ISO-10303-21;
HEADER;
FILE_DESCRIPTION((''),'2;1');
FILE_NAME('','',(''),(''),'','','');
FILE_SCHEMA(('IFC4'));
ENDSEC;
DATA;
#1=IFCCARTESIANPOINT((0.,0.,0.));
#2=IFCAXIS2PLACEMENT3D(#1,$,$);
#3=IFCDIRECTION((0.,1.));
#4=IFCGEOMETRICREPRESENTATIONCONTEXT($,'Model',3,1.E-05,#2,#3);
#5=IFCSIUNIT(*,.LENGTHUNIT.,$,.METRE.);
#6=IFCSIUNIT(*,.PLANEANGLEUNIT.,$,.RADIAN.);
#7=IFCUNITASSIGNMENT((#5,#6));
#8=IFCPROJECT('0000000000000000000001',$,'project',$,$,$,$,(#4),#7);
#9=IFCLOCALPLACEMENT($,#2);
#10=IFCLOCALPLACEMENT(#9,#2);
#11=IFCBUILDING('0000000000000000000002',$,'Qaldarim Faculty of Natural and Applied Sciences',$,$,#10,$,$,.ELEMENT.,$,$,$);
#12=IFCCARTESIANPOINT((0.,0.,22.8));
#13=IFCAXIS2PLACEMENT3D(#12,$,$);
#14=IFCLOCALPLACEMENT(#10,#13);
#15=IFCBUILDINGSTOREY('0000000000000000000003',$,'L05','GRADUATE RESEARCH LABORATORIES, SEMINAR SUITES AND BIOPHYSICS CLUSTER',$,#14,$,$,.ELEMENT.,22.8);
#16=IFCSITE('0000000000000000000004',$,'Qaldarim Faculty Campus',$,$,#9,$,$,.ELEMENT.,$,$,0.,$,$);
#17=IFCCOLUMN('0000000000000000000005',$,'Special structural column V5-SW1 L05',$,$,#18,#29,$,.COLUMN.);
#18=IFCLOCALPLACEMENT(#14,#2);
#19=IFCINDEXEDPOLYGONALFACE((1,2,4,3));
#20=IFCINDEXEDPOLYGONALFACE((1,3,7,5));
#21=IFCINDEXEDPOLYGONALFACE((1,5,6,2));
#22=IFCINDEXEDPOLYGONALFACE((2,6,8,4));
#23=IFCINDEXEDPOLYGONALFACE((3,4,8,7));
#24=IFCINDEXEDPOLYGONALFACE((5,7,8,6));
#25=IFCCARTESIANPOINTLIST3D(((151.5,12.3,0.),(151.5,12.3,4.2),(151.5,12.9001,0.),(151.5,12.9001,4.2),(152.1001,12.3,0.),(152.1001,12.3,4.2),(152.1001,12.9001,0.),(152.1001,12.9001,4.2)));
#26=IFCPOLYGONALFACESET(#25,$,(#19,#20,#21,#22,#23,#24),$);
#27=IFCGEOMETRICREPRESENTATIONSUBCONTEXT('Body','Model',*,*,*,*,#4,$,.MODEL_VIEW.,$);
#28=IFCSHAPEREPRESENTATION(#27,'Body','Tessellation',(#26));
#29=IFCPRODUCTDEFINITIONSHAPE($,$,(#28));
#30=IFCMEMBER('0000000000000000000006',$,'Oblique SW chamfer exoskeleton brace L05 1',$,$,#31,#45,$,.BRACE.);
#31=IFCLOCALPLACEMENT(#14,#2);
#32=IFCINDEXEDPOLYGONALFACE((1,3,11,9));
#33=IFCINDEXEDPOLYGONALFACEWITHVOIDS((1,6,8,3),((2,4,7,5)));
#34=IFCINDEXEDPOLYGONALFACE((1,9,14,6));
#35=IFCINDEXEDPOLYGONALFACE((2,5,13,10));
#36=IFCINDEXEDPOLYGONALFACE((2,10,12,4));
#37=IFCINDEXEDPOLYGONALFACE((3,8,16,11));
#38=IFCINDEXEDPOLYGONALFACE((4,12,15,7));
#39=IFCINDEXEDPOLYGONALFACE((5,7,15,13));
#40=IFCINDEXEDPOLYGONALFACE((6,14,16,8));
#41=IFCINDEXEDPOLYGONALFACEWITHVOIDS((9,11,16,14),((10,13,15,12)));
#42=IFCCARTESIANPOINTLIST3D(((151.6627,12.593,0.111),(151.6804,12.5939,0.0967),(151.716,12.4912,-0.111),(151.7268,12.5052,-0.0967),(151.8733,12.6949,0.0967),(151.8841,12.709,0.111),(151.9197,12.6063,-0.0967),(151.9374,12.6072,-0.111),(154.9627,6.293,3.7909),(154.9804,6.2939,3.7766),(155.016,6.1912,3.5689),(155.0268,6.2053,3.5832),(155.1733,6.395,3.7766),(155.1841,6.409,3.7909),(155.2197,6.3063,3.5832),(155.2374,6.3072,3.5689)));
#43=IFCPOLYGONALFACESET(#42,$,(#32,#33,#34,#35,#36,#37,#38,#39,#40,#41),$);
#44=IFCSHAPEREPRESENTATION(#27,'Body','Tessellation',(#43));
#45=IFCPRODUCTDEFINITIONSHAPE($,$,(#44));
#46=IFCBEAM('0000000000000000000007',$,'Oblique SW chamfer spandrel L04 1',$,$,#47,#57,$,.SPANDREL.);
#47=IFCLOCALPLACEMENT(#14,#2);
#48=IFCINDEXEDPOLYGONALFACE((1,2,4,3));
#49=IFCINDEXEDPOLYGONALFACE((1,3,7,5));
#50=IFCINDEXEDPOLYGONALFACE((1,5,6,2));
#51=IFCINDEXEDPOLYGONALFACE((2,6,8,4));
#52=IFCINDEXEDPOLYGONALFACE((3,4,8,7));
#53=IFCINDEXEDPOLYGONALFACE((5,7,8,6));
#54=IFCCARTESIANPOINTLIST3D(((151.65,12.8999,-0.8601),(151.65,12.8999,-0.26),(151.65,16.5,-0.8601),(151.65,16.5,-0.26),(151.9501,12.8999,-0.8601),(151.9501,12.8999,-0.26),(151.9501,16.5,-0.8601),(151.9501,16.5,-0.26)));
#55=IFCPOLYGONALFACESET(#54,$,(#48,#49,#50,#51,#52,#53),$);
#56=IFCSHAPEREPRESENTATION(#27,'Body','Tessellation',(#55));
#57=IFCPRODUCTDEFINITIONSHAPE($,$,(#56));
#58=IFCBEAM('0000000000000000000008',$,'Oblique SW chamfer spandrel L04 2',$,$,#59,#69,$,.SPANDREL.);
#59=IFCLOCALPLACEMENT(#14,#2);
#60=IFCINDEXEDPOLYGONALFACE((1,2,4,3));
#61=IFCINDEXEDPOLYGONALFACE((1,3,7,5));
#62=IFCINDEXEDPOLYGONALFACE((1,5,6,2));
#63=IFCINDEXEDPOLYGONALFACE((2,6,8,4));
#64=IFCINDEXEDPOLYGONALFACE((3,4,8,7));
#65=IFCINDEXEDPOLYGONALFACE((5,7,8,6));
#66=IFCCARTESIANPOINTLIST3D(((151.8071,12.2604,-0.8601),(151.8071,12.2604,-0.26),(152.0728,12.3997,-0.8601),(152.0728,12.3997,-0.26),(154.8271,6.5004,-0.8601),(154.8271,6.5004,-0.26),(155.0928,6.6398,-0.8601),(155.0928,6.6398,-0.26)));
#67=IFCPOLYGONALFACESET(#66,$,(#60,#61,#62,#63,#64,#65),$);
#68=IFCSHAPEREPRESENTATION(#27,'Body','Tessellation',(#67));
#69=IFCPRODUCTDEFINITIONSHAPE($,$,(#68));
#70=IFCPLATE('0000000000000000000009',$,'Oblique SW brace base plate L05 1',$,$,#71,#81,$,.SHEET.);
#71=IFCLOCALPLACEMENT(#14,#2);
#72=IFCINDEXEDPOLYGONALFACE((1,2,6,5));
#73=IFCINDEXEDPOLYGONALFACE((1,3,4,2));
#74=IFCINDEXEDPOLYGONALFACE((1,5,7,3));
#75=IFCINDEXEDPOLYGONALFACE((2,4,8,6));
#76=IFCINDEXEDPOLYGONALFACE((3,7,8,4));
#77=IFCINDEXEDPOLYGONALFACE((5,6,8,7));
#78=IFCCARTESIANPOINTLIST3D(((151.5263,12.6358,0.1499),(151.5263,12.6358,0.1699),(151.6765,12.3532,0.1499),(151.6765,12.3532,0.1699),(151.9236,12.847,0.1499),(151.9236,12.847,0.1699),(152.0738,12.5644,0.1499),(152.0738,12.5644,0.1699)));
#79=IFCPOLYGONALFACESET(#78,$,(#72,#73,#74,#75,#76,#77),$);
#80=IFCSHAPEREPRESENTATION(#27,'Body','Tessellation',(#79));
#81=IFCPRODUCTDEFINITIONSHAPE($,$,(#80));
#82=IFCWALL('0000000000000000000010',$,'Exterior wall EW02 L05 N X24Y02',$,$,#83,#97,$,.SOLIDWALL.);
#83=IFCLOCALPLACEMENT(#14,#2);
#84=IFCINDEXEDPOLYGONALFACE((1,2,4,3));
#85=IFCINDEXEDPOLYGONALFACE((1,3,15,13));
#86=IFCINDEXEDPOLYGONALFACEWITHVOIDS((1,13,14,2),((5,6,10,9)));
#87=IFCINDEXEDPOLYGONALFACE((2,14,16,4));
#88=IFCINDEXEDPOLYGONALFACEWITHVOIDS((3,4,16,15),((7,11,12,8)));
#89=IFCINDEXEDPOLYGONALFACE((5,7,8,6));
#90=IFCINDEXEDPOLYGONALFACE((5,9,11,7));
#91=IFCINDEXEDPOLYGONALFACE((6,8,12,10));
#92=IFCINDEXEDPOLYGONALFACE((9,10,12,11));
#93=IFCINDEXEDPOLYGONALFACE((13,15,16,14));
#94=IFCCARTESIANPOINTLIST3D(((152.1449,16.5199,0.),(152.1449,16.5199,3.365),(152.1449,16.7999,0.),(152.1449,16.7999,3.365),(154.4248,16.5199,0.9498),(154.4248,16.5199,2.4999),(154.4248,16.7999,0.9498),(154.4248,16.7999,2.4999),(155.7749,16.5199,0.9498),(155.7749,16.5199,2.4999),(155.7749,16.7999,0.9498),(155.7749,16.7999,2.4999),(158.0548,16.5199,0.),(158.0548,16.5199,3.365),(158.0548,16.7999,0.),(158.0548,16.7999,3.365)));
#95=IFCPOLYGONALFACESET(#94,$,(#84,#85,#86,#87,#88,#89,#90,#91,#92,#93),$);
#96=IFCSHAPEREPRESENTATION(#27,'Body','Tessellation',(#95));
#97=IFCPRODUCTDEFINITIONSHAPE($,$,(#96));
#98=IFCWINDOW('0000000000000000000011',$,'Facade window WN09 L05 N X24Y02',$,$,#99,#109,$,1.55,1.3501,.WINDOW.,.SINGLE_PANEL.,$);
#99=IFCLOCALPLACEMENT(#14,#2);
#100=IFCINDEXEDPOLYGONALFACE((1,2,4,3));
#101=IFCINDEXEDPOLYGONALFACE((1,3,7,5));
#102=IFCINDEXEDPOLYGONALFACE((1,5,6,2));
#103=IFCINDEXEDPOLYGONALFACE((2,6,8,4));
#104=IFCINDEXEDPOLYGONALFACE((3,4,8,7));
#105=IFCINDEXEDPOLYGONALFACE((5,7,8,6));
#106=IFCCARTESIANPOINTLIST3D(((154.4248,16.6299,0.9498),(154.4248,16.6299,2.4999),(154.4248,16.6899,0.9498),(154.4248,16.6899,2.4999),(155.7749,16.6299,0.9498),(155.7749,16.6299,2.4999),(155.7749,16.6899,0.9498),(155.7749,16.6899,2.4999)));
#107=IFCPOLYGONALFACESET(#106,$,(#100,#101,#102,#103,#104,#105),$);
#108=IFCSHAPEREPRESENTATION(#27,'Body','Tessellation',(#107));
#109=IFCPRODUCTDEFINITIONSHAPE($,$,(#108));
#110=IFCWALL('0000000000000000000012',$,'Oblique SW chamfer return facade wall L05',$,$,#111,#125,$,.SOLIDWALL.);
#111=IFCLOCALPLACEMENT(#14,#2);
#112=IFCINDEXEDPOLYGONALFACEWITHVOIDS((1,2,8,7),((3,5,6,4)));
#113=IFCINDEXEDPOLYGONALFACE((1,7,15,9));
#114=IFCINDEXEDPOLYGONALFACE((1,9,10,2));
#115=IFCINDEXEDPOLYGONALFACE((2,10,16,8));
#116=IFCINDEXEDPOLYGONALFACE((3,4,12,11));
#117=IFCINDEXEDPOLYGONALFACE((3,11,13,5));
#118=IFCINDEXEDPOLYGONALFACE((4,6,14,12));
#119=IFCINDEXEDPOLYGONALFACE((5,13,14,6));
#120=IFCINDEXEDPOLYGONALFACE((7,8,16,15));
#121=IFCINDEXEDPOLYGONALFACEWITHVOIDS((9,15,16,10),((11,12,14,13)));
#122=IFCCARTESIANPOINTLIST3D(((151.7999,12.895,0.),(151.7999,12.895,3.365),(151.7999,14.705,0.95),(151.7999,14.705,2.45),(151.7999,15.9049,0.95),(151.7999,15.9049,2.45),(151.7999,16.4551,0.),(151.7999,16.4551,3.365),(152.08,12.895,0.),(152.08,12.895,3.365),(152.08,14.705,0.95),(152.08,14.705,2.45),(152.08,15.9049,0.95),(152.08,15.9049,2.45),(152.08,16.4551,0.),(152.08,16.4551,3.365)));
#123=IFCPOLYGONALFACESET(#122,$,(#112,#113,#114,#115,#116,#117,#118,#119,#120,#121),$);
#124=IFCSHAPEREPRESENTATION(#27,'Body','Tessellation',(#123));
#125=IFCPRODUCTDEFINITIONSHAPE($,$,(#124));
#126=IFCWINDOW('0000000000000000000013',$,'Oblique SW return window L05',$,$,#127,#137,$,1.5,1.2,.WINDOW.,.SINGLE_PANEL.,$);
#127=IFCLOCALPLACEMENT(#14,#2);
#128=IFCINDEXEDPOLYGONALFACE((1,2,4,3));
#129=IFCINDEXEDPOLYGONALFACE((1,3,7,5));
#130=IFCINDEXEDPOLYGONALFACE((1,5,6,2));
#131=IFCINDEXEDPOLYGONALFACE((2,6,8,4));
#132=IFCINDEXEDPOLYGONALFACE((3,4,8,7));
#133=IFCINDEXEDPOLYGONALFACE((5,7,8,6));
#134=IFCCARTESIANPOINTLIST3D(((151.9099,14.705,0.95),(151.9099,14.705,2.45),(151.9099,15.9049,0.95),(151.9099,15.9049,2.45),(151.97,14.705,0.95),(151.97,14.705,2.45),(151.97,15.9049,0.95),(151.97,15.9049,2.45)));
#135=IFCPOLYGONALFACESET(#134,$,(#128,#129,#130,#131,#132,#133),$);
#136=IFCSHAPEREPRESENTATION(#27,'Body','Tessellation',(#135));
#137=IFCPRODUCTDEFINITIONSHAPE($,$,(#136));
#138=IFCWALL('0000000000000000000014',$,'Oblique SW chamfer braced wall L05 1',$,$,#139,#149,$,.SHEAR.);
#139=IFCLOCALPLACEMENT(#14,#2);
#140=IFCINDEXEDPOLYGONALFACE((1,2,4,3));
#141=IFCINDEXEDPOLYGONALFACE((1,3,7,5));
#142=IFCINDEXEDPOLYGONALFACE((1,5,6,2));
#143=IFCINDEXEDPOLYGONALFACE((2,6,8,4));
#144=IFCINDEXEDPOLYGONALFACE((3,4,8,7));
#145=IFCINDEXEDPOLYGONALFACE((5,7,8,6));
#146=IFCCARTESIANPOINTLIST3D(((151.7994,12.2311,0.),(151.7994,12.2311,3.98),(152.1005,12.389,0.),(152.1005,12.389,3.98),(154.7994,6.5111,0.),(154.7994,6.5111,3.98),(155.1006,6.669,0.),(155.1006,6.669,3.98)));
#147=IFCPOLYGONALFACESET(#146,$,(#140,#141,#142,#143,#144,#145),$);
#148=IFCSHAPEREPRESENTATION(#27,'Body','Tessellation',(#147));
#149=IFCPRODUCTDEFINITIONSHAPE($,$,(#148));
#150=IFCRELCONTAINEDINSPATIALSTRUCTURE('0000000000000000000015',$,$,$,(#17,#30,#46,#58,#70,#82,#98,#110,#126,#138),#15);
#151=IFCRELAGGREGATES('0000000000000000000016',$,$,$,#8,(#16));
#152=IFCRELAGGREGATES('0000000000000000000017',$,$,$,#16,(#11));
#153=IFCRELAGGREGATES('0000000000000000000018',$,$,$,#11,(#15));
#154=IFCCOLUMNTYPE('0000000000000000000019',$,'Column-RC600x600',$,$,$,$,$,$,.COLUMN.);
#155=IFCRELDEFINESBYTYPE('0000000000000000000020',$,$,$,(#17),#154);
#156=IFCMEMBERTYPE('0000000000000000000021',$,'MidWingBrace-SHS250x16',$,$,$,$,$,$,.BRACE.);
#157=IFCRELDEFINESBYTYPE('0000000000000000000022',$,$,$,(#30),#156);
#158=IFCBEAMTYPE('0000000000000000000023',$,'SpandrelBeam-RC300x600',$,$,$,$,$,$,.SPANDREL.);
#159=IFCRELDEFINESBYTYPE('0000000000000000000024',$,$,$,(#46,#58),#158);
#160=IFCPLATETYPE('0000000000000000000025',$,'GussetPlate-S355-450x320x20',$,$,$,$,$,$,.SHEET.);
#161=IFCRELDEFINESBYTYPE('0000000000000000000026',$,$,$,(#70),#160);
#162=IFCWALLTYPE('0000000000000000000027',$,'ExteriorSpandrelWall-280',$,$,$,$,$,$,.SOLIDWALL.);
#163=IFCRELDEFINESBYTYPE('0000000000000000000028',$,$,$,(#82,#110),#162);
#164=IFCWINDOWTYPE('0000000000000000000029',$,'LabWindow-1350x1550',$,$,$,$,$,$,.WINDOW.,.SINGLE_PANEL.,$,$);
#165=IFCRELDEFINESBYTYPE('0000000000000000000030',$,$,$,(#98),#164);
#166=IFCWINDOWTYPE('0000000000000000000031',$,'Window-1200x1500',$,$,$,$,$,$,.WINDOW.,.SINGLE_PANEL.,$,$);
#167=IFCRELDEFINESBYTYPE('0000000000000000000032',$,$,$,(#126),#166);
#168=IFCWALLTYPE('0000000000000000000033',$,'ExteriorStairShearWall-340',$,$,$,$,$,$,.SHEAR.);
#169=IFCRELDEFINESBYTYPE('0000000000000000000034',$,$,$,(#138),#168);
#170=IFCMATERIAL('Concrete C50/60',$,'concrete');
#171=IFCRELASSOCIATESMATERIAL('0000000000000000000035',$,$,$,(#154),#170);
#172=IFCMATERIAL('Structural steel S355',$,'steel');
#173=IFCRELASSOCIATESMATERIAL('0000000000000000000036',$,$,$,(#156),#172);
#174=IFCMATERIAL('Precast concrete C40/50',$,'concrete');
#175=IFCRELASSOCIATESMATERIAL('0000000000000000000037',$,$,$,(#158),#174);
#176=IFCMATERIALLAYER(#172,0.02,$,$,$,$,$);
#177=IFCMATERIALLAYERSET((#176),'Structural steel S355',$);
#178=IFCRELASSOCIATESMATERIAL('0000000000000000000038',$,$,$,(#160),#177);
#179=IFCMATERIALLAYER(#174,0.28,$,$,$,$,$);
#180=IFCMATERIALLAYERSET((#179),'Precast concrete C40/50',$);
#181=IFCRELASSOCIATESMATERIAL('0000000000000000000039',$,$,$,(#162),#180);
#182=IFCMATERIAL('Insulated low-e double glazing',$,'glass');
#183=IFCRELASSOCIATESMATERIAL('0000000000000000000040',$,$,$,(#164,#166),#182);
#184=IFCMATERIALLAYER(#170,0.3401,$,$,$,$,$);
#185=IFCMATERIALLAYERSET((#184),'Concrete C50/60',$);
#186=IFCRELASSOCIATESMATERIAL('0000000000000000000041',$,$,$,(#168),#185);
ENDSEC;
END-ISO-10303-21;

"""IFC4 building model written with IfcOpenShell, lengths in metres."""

from ifc_helpers import new_model, si_unit, direction, frame, frame_2d, origin, origin_2d, place, context, subcontext, project, spatial, rectangle, hollow_rectangle, extrude, material, layer, layer_set, material_profile, profile_set, type_object, element, fill, save


model = new_model("IFC4")

# Units and contexts
model_context = context("Model", 3, precision=1e-05, world=origin(), true_north=direction((0.0, 1.0)))
body_context = subcontext(model_context, "Body", "Model", "MODEL_VIEW")
ifc_project = project(units=[si_unit("LENGTHUNIT", "METRE"), si_unit("PLANEANGLEUNIT", "RADIAN")], contexts=[model_context])

# Site, building, storey
site_placement = place(None, origin())
site = spatial("IfcSite", under=ifc_project, at=site_placement, Name="Qaldarim Faculty Campus", CompositionType="ELEMENT", RefElevation=0.0)
building_placement = place(site_placement, origin())
building = spatial("IfcBuilding", under=site, at=building_placement, Name="Qaldarim Faculty of Natural and Applied Sciences", CompositionType="ELEMENT")
storey_placement = place(building_placement, frame((0.0, 0.0, 22.8)))
storey = spatial("IfcBuildingStorey", under=building, at=storey_placement, Name="L05", Description="GRADUATE RESEARCH LABORATORIES, SEMINAR SUITES AND BIOPHYSICS CLUSTER", CompositionType="ELEMENT", Elevation=22.8)

# Column
ifc_material_1 = material(Name="Concrete C50/60", Category="concrete")
ifc_material_profile_1 = material_profile(ifc_material_1, rectangle(XDim=0.6001, YDim=0.6001, at=origin_2d()), Name="RC-C600x600")
ifc_profile_set_1 = profile_set([ifc_material_profile_1], Name="Concrete C50/60")
column_type = type_object("IfcColumnType", Name="Column-RC600x600", PredefinedType="COLUMN", material=ifc_profile_set_1)
column_placement = place(storey_placement, frame((151.8, 12.6001, 0.0), z_axis=(0.0, 0.0, 1.0), x_axis=(1.0, 0.0, 0.0)))
element("IfcColumn", 1, at=column_placement, inside=storey, type_object=column_type, Name="Special structural column V5-SW1 L05", PredefinedType="COLUMN", context=body_context, shape_type="SweptSolid", body=[
    extrude(rectangle(XDim=0.6001, YDim=0.6001, at=origin_2d()), origin(), (0.0, 0.0, 1.0), 4.2),
])

# Member
ifc_material_2 = material(Name="Structural steel S355", Category="steel")
ifc_material_profile_2 = material_profile(ifc_material_2, hollow_rectangle(XDim=0.25, YDim=0.25, WallThickness=0.0161, at=origin_2d()), Name="SHS 250x250x16.0")
ifc_profile_set_2 = profile_set([ifc_material_profile_2], Name="Structural steel S355")
member_type = type_object("IfcMemberType", Name="MidWingBrace-SHS250x16", PredefinedType="BRACE", material=ifc_profile_set_2)
member_placement = place(storey_placement, frame((151.8, 12.6001, 0.0), z_axis=(0.412111, -0.786751, 0.459551), x_axis=(0.88583, 0.46401, 0.0)))
element("IfcMember", 2, at=member_placement, inside=storey, type_object=member_type, Name="Oblique SW chamfer exoskeleton brace L05 1", PredefinedType="BRACE", context=body_context, shape_type="SweptSolid", body=[
    extrude(hollow_rectangle(XDim=0.25, YDim=0.25, WallThickness=0.0161, at=origin_2d()), origin(), (0.0, 0.0, 1.0), 8.0076),
])

# Beams
ifc_material_3 = material(Name="Precast concrete C40/50", Category="concrete")
ifc_material_profile_3 = material_profile(ifc_material_3, rectangle(XDim=0.3, YDim=0.6001, at=origin_2d()), Name="RC-SP300x600")
ifc_profile_set_3 = profile_set([ifc_material_profile_3], Name="Precast concrete C40/50")
beam_type = type_object("IfcBeamType", Name="SpandrelBeam-RC300x600", PredefinedType="SPANDREL", material=ifc_profile_set_3)
beam_1_placement = place(storey_placement, frame((151.8, 16.5, -0.5601), z_axis=(0.0, -1.0, 0.0), x_axis=(1.0, 0.0, 0.0)))
element("IfcBeam", 3, at=beam_1_placement, inside=storey, type_object=beam_type, Name="Oblique SW chamfer spandrel L04 1", PredefinedType="SPANDREL", context=body_context, shape_type="SweptSolid", body=[
    extrude(rectangle(XDim=0.3, YDim=0.6001, at=origin_2d()), origin(), (0.0, 0.0, 1.0), 3.6001),
])
beam_2_placement = place(storey_placement, frame((151.9399, 12.3301, -0.5601), z_axis=(0.464353, -0.88565, 0.0), x_axis=(0.88565, 0.464353, 0.0)))
element("IfcBeam", 4, at=beam_2_placement, inside=storey, type_object=beam_type, Name="Oblique SW chamfer spandrel L04 2", PredefinedType="SPANDREL", context=body_context, shape_type="SweptSolid", body=[
    extrude(rectangle(XDim=0.3, YDim=0.6001, at=origin_2d()), origin(), (0.0, 0.0, 1.0), 6.5037),
])

# Plate
ifc_layer_1 = layer(ifc_material_2, 0.02)
ifc_layer_set_1 = layer_set([ifc_layer_1], Name="Structural steel S355")
plate_type = type_object("IfcPlateType", Name="GussetPlate-S355-450x320x20", PredefinedType="SHEET", material=ifc_layer_set_1)
plate_placement = place(storey_placement, frame((151.8, 12.6001, 0.1499), z_axis=(0.0, 0.0, 1.0), x_axis=(0.882948, 0.469472, 0.0)))
element("IfcPlate", 5, at=plate_placement, inside=storey, type_object=plate_type, Name="Oblique SW brace base plate L05 1", PredefinedType="SHEET", context=body_context, shape_type="SweptSolid", body=[
    extrude(rectangle(XDim=0.45, YDim=0.3201, at=origin_2d()), origin(), (0.0, 0.0, 1.0), 0.02),
])

# Walls, openings, windows
ifc_layer_2 = layer(ifc_material_3, 0.28)
ifc_layer_set_2 = layer_set([ifc_layer_2], Name="Precast concrete C40/50")
wall_type_1 = type_object("IfcWallType", Name="ExteriorSpandrelWall-280", PredefinedType="SOLIDWALL", material=ifc_layer_set_2)
wall_1_placement = place(storey_placement, frame((158.0549, 16.6599, 0.0), z_axis=(0.0, 0.0, 1.0), x_axis=(-1.0, 0.0, 0.0)))
wall_1 = element("IfcWall", 6, at=wall_1_placement, inside=storey, type_object=wall_type_1, Name="Exterior wall EW02 L05 N X24Y02", PredefinedType="SOLIDWALL", context=body_context, shape_type="SweptSolid", body=[
    extrude(rectangle(XDim=5.9099, YDim=0.28, at=frame_2d((2.9551, 0.0))), origin(), (0.0, 0.0, 1.0), 3.365),
])
opening_1_placement = place(wall_1_placement, frame((2.28, 0.0, 0.95)))
opening_1 = element("IfcOpeningElement", 7, at=opening_1_placement, cuts=wall_1, PredefinedType="OPENING", context=body_context, shape_type="SweptSolid", body=[
    extrude(rectangle(XDim=1.3501, YDim=1.55, at=frame_2d((0.675, 0.7749))), frame((0.0, 0.1499, 0.0), z_axis=(0.0, -1.0, 0.0), x_axis=(1.0, 0.0, 0.0)), (0.0, 0.0, 1.0), 0.3),
])
ifc_material_4 = material(Name="Insulated low-e double glazing", Category="glass")
window_type_1 = type_object("IfcWindowType", Name="LabWindow-1350x1550", PartitioningType="SINGLE_PANEL", PredefinedType="WINDOW", material=ifc_material_4)
window_1_placement = place(opening_1_placement, origin())
window_1 = element("IfcWindow", 8, at=window_1_placement, inside=storey, type_object=window_type_1, Name="Facade window WN09 L05 N X24Y02", OverallHeight=1.55, OverallWidth=1.3501, PartitioningType="SINGLE_PANEL", PredefinedType="WINDOW", context=body_context, shape_type="SweptSolid", body=[
    extrude(rectangle(XDim=1.3501, YDim=1.55, at=frame_2d((0.675, 0.7749))), frame((0.0, 0.03, 0.0), z_axis=(0.0, -1.0, 0.0), x_axis=(1.0, 0.0, 0.0)), (0.0, 0.0, 1.0), 0.0601),
])
fill(opening_1, window_1)
wall_2_placement = place(storey_placement, frame((151.9399, 16.4551, 0.0), z_axis=(0.0, 0.0, 1.0), x_axis=(0.0, -1.0, 0.0)))
wall_2 = element("IfcWall", 9, at=wall_2_placement, inside=storey, type_object=wall_type_1, Name="Oblique SW chamfer return facade wall L05", PredefinedType="SOLIDWALL", context=body_context, shape_type="SweptSolid", body=[
    extrude(rectangle(XDim=3.5601, YDim=0.28, at=frame_2d((1.78, 0.0))), origin(), (0.0, 0.0, 1.0), 3.365),
])
opening_2_placement = place(wall_2_placement, frame((0.55, 0.0, 0.95)))
opening_2 = element("IfcOpeningElement", 10, at=opening_2_placement, cuts=wall_2, PredefinedType="OPENING", context=body_context, shape_type="SweptSolid", body=[
    extrude(rectangle(XDim=1.2, YDim=1.5, at=frame_2d((0.6001, 0.75))), frame((0.0, 0.1499, 0.0), z_axis=(0.0, -1.0, 0.0), x_axis=(1.0, 0.0, 0.0)), (0.0, 0.0, 1.0), 0.3),
])
window_type_2 = type_object("IfcWindowType", Name="Window-1200x1500", PartitioningType="SINGLE_PANEL", PredefinedType="WINDOW", material=ifc_material_4)
window_2_placement = place(opening_2_placement, origin())
window_2 = element("IfcWindow", 11, at=window_2_placement, inside=storey, type_object=window_type_2, Name="Oblique SW return window L05", OverallHeight=1.5, OverallWidth=1.2, PartitioningType="SINGLE_PANEL", PredefinedType="WINDOW", context=body_context, shape_type="SweptSolid", body=[
    extrude(rectangle(XDim=1.2, YDim=1.5, at=frame_2d((0.6001, 0.75))), frame((0.0, 0.03, 0.0), z_axis=(0.0, -1.0, 0.0), x_axis=(1.0, 0.0, 0.0)), (0.0, 0.0, 1.0), 0.0601),
])
fill(opening_2, window_2)

# Wall
ifc_layer_3 = layer(ifc_material_1, 0.3401)
ifc_layer_set_3 = layer_set([ifc_layer_3], Name="Concrete C50/60")
wall_type_2 = type_object("IfcWallType", Name="ExteriorStairShearWall-340", PredefinedType="SHEAR", material=ifc_layer_set_3)
wall_3_placement = place(storey_placement, frame((151.95, 12.3101, 0.0), z_axis=(0.0, 0.0, 1.0), x_axis=(0.464472, -0.885588, 0.0)))
element("IfcWall", 12, at=wall_3_placement, inside=storey, type_object=wall_type_2, Name="Oblique SW chamfer braced wall L05 1", PredefinedType="SHEAR", context=body_context, shape_type="SweptSolid", body=[
    extrude(rectangle(XDim=6.459, YDim=0.3401, at=frame_2d((3.2295, 0.0))), origin(), (0.0, 0.0, 1.0), 3.98),
])

save(model, "model.ifc")
